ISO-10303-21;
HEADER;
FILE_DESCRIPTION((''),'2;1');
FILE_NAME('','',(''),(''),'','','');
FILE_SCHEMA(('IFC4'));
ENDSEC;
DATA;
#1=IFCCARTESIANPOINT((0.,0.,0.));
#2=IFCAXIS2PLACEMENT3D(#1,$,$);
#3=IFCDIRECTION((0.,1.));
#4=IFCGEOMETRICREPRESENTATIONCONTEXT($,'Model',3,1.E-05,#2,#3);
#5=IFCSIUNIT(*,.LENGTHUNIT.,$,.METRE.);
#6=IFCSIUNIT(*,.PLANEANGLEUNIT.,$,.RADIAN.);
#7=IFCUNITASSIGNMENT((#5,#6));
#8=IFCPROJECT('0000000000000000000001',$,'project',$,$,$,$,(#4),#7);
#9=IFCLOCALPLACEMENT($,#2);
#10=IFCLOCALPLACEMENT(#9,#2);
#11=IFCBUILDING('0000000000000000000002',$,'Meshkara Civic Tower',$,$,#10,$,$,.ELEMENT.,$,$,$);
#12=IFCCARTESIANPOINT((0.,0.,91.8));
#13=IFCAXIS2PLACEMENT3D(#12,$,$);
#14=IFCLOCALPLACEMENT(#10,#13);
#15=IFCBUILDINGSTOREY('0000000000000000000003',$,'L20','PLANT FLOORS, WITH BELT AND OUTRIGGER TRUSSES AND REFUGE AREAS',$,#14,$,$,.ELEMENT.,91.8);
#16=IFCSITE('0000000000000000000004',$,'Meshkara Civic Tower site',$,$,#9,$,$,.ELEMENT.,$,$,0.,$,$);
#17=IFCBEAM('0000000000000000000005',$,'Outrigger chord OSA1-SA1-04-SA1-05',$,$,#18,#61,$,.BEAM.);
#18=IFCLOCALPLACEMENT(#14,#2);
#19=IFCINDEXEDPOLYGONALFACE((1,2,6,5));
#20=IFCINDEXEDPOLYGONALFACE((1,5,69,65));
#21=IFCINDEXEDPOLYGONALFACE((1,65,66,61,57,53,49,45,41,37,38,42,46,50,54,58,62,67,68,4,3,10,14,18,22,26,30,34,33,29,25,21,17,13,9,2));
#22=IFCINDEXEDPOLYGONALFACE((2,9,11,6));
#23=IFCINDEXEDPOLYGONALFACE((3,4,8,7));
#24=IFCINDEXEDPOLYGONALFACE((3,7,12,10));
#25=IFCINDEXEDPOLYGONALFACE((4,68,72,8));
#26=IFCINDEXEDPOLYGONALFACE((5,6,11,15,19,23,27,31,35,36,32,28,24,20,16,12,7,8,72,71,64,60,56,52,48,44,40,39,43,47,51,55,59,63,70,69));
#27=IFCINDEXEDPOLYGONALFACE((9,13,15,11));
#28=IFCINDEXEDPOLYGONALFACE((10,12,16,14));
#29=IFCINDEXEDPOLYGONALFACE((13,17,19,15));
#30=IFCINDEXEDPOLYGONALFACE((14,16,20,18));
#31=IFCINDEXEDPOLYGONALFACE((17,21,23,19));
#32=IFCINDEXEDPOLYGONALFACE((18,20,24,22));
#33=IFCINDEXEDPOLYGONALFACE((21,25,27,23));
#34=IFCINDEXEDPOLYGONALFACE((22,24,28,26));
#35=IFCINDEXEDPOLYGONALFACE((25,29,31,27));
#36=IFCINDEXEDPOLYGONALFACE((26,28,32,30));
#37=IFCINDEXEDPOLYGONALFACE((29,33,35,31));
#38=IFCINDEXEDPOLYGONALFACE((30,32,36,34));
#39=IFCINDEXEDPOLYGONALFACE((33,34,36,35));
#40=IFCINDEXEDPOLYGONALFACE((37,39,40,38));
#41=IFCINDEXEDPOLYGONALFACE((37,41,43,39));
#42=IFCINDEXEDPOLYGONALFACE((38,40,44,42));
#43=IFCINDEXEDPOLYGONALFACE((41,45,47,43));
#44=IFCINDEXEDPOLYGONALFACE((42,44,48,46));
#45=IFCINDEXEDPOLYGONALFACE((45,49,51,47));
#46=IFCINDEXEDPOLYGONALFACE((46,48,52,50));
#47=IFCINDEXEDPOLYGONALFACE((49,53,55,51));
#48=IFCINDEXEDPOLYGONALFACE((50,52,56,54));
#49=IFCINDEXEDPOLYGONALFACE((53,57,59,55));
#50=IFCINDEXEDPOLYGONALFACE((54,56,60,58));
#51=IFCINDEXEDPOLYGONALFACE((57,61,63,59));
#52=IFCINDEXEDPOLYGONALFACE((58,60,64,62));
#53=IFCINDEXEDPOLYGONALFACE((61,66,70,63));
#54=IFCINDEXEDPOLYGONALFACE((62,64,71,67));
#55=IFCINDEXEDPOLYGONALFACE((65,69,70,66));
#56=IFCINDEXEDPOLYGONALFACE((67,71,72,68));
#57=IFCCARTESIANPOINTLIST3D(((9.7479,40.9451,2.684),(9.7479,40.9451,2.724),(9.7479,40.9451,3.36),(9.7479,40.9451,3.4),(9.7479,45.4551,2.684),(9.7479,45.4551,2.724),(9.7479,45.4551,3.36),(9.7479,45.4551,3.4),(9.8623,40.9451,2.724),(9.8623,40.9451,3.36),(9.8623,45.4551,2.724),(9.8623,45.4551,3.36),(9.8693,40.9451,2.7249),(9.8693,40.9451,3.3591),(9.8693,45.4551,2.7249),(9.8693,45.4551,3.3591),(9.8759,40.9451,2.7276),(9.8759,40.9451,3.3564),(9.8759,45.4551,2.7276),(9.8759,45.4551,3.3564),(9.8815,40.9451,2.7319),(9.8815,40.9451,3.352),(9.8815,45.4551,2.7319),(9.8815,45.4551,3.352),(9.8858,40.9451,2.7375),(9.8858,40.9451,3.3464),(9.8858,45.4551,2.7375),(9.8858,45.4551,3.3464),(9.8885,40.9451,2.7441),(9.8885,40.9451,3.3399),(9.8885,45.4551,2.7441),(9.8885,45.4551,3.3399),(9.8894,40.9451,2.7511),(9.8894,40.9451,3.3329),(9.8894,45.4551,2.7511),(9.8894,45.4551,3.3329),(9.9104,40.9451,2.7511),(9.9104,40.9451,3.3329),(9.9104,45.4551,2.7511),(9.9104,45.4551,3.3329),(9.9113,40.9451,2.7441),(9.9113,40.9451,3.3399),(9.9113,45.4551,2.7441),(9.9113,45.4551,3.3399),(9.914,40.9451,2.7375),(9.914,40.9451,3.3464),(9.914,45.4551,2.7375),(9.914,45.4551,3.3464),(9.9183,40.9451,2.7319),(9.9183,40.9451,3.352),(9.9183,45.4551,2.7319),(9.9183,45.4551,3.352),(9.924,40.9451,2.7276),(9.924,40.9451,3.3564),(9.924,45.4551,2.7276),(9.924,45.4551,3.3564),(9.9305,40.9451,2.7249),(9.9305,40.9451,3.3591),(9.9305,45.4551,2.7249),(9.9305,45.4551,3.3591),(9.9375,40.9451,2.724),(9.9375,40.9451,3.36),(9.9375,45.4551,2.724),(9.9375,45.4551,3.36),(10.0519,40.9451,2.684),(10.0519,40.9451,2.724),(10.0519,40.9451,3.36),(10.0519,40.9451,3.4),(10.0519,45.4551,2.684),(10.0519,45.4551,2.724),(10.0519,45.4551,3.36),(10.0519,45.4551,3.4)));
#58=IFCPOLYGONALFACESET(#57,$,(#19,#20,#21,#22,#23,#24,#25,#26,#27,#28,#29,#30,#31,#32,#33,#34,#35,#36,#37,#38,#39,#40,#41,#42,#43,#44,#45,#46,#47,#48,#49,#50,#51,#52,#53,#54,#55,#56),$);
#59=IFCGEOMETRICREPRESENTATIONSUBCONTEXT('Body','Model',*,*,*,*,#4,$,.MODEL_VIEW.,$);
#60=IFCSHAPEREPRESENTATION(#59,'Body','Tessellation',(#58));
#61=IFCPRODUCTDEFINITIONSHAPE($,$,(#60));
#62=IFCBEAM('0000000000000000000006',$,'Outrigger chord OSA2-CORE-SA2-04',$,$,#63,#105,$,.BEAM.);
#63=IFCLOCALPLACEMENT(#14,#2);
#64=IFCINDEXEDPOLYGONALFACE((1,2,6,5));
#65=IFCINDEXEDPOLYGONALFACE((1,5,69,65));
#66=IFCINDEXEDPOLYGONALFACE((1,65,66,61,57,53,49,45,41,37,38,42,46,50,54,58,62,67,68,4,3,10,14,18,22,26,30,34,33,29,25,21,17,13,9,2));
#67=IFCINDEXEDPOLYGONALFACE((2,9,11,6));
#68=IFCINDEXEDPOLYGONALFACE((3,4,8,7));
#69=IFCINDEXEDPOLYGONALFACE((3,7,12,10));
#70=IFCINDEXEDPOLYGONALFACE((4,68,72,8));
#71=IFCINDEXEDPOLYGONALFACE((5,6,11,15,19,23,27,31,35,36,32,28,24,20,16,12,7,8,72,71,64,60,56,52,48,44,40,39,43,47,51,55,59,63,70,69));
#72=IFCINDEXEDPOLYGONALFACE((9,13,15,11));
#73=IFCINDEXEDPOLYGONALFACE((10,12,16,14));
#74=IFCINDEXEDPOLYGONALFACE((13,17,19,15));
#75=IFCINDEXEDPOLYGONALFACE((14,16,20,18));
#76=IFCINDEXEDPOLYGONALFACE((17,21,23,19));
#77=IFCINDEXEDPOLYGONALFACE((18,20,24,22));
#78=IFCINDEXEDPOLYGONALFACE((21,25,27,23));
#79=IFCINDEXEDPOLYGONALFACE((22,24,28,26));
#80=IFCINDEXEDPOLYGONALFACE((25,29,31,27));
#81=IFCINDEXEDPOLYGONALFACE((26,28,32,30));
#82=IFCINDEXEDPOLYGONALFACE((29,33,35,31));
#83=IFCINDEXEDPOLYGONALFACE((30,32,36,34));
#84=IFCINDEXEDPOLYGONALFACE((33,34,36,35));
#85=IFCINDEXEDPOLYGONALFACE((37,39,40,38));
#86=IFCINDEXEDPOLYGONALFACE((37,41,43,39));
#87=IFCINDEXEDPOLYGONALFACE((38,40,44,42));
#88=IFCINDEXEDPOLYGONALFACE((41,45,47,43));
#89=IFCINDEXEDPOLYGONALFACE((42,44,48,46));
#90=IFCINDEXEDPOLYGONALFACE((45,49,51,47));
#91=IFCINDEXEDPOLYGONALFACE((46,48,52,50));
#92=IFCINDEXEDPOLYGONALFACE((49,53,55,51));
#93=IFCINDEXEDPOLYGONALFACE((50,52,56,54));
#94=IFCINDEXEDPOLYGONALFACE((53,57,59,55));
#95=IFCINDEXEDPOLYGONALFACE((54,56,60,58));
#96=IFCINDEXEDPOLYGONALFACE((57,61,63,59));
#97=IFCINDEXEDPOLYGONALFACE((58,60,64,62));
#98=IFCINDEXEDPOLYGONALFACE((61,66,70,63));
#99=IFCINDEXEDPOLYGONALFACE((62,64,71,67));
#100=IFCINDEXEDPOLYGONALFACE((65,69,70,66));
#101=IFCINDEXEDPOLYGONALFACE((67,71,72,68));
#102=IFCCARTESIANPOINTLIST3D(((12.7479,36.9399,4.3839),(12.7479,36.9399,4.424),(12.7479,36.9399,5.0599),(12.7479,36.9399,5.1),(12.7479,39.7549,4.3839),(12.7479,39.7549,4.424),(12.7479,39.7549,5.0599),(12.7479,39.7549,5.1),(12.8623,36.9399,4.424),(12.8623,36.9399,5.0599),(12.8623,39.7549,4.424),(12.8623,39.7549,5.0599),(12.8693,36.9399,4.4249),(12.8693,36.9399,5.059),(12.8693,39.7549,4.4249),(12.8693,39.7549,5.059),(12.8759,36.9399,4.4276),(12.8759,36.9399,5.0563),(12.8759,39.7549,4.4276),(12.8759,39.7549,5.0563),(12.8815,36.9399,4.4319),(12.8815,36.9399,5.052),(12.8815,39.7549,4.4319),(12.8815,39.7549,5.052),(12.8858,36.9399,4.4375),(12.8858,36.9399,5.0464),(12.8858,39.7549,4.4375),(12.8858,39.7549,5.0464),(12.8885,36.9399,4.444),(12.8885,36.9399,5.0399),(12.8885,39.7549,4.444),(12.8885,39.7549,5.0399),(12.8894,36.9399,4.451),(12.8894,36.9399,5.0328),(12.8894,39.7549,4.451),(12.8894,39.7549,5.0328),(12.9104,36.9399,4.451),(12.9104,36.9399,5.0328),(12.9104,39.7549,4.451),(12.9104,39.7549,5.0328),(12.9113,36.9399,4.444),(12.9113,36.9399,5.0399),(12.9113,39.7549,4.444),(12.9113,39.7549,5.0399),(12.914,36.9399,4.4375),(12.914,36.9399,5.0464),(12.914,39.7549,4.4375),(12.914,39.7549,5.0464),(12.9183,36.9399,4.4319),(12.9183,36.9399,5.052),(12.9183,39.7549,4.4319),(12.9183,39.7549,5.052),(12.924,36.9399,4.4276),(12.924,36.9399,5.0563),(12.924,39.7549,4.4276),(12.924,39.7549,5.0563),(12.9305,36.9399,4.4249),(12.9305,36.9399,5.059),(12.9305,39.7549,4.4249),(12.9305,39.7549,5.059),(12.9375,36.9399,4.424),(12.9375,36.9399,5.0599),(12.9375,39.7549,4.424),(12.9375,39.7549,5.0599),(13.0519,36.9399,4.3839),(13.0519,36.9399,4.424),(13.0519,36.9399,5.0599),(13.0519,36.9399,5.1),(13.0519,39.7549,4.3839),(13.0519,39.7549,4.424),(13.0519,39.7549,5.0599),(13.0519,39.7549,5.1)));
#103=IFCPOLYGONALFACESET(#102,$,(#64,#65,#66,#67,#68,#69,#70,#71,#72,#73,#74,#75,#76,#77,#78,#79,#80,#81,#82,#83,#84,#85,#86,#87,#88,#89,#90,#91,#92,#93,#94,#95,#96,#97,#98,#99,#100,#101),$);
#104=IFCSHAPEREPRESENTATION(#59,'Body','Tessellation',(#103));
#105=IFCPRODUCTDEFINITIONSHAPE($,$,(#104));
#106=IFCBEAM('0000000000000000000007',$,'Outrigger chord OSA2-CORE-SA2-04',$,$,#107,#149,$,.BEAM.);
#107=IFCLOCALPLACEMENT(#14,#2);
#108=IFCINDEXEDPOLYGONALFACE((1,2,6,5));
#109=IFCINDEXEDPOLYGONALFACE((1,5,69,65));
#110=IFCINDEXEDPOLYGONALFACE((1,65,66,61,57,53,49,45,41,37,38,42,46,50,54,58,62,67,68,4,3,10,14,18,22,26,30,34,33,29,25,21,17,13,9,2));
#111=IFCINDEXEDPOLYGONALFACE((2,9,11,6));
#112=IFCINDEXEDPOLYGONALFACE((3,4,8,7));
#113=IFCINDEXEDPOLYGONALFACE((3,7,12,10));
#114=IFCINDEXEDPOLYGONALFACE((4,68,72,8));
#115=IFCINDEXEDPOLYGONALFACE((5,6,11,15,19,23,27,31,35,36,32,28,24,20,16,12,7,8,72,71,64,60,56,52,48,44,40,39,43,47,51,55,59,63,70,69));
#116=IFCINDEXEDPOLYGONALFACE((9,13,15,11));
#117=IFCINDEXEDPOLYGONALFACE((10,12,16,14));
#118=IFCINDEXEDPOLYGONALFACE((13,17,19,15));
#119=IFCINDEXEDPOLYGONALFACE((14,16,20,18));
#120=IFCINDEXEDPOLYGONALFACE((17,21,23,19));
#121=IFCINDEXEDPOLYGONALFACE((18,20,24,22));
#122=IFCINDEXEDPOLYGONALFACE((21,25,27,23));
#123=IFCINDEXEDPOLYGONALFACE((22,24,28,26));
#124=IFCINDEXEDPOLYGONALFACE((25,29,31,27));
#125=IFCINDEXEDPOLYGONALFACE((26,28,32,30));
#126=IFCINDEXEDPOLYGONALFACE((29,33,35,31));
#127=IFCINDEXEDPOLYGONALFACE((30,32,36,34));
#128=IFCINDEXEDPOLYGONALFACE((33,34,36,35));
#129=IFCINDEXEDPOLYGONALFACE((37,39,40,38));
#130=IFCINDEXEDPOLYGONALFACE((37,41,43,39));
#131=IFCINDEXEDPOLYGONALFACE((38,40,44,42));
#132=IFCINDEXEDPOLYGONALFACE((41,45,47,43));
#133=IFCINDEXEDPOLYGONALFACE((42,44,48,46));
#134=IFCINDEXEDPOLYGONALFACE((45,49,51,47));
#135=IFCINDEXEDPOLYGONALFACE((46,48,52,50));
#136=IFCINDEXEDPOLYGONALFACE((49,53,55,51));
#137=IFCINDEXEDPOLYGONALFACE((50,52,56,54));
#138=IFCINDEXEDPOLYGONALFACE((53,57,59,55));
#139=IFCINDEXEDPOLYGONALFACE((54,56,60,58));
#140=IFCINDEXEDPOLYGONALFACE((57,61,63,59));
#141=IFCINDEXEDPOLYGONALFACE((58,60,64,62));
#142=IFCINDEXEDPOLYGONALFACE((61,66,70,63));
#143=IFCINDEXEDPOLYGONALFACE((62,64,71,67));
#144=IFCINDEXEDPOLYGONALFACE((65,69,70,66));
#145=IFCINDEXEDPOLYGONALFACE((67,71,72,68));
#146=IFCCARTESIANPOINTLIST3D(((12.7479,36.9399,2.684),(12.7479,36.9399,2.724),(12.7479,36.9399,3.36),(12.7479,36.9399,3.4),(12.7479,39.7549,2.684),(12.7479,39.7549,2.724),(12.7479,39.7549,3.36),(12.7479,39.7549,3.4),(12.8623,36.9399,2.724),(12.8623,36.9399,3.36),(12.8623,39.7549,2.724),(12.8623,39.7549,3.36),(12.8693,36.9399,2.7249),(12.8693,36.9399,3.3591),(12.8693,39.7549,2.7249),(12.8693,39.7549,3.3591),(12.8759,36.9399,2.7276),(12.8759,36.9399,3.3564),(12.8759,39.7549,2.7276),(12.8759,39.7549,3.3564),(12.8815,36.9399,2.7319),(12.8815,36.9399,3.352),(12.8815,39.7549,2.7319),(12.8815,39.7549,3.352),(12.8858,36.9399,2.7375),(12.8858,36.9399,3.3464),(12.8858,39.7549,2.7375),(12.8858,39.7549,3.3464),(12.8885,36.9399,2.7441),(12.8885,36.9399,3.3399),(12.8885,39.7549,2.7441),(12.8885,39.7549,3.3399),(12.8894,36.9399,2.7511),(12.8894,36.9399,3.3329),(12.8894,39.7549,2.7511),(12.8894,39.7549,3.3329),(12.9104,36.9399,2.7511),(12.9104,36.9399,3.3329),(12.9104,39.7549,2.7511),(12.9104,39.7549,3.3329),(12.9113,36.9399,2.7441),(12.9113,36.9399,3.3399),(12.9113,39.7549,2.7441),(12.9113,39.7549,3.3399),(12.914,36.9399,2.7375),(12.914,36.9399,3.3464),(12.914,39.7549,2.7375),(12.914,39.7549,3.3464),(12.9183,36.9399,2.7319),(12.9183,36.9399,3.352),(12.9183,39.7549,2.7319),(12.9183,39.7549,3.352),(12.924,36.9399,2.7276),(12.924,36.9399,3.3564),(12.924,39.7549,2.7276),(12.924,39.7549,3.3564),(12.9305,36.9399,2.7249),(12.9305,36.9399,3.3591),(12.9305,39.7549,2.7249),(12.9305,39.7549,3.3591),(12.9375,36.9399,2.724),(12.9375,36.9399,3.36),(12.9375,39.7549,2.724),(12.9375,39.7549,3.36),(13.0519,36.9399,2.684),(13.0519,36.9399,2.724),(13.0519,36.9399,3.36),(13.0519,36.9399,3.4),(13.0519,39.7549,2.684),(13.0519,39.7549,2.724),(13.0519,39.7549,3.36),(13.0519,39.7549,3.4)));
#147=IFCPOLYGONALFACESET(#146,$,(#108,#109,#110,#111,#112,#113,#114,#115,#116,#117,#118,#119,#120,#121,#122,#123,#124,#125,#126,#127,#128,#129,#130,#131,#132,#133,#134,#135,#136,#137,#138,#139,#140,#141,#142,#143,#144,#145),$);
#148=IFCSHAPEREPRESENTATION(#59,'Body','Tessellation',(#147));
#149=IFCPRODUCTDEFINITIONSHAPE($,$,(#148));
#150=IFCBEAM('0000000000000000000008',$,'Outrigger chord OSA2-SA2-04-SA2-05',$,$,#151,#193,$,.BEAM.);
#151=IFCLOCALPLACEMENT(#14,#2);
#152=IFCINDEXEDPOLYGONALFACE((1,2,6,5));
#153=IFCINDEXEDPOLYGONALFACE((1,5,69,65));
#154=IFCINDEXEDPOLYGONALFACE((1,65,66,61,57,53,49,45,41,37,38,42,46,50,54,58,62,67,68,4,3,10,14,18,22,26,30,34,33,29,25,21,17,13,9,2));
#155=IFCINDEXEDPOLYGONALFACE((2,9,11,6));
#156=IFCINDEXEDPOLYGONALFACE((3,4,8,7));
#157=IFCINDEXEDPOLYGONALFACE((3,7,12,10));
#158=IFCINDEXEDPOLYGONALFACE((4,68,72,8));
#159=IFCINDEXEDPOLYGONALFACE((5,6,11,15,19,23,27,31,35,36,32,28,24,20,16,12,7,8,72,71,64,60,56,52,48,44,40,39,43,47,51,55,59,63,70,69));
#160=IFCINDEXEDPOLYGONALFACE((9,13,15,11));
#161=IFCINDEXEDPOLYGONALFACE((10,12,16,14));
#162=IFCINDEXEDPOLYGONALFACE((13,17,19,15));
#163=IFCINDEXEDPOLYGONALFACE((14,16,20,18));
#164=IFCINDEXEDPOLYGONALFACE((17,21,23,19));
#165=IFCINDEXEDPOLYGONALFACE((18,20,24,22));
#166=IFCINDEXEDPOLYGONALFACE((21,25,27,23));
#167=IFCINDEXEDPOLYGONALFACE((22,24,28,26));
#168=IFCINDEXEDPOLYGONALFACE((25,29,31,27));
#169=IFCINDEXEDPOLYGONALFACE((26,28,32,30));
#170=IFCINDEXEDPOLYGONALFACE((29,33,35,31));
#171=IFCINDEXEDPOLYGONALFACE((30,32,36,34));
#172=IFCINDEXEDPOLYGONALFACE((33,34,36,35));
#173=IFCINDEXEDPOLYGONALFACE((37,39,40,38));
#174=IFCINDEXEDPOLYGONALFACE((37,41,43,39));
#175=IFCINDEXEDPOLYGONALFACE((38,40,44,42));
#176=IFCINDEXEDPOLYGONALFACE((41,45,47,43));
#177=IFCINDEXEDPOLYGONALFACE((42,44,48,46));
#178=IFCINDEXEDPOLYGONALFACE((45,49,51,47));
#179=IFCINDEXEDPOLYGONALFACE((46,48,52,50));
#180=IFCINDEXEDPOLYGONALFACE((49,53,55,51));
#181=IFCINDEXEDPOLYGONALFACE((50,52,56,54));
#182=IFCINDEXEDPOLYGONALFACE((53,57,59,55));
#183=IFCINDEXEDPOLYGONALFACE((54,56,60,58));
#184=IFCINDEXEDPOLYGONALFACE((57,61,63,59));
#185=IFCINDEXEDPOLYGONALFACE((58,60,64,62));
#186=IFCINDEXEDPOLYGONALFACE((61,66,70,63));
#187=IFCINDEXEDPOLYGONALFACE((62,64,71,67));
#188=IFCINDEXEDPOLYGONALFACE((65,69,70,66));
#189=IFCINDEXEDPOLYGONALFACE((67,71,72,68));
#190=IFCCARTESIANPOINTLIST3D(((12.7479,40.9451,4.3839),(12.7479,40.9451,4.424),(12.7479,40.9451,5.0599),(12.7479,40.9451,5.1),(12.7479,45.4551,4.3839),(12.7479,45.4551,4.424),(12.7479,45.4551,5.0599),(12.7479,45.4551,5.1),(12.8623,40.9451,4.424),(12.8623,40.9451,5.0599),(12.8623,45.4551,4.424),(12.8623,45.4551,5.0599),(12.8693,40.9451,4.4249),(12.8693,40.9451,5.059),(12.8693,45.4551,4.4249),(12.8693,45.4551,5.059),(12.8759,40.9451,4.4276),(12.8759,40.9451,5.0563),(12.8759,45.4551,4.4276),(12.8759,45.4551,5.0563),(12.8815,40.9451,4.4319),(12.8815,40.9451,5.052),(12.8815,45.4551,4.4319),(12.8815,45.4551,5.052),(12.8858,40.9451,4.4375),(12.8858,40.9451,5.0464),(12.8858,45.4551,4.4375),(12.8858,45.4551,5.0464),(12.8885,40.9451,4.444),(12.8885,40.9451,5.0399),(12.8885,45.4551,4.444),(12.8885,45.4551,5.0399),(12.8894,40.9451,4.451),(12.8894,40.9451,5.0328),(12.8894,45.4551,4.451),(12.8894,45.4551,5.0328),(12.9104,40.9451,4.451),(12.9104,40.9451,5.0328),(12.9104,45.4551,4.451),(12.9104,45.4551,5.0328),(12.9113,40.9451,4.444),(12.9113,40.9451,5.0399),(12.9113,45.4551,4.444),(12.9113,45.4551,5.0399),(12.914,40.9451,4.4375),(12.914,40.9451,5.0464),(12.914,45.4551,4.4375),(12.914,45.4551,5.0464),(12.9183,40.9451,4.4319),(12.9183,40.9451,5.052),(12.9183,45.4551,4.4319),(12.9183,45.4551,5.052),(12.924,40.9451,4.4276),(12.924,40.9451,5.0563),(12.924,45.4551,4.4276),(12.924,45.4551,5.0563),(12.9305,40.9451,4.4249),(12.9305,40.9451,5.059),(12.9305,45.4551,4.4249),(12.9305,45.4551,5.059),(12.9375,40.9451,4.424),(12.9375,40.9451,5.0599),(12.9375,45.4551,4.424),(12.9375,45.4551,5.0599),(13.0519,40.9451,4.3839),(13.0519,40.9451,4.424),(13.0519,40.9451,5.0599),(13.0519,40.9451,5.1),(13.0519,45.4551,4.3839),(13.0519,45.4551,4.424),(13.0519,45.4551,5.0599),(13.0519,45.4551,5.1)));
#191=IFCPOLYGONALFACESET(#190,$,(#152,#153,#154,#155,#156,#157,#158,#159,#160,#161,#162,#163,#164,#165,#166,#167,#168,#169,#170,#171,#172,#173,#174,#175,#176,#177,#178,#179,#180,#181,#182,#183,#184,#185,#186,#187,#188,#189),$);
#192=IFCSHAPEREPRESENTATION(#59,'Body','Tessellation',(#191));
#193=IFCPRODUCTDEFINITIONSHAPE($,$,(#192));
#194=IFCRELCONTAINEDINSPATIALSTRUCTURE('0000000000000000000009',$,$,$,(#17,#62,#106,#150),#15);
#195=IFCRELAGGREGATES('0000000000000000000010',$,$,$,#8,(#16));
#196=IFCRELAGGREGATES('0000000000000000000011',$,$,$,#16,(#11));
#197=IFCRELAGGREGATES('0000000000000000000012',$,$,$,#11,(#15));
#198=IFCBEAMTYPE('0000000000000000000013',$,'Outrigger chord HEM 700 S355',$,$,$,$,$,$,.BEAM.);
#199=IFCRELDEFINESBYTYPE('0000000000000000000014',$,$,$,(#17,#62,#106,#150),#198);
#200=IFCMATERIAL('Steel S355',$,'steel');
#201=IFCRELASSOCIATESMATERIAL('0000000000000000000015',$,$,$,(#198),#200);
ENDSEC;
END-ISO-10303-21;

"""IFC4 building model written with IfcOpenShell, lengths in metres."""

from ifc_helpers import new_model, si_unit, direction, frame, origin, origin_2d, place, context, subcontext, project, spatial, i_section, extrude, material, material_profile, profile_set, type_object, element, save


model = new_model("IFC4")

# Units and contexts
model_context = context("Model", 3, precision=1e-05, world=origin(), true_north=direction((0.0, 1.0)))
body_context = subcontext(model_context, "Body", "Model", "MODEL_VIEW")
ifc_project = project(units=[si_unit("LENGTHUNIT", "METRE"), si_unit("PLANEANGLEUNIT", "RADIAN")], contexts=[model_context])

# Site, building, storey
site_placement = place(None, origin())
site = spatial("IfcSite", under=ifc_project, at=site_placement, Name="Meshkara Civic Tower site", CompositionType="ELEMENT", RefElevation=0.0)
building_placement = place(site_placement, origin())
building = spatial("IfcBuilding", under=site, at=building_placement, Name="Meshkara Civic Tower", CompositionType="ELEMENT")
storey_placement = place(building_placement, frame((0.0, 0.0, 91.8)))
storey = spatial("IfcBuildingStorey", under=building, at=storey_placement, Name="L20", Description="PLANT FLOORS, WITH BELT AND OUTRIGGER TRUSSES AND REFUGE AREAS", CompositionType="ELEMENT", Elevation=91.8)

# Beams
ifc_material_1 = material(Name="Steel S355", Category="steel")
ifc_material_profile_1 = material_profile(ifc_material_1, i_section(OverallWidth=0.304, OverallDepth=0.7161, WebThickness=0.021, FlangeThickness=0.04, FilletRadius=0.0271, at=origin_2d()))
ifc_profile_set_1 = profile_set([ifc_material_profile_1], Name="Steel S355")
beam_type_1 = type_object("IfcBeamType", Name="Outrigger chord HEM 700 S355", PredefinedType="BEAM", material=ifc_profile_set_1)
for number, where, z_axis, x_axis, name in (
    (1, (9.8999, 40.9451, 3.042), (0.0, 1.0, 0.0), (-1.0, 0.0, 0.0), "Outrigger chord OSA1-SA1-04-SA1-05"),
):
    element("IfcBeam", number, at=place(storey_placement, frame(where, z_axis=z_axis, x_axis=x_axis)), inside=storey, type_object=beam_type_1, Name=name, PredefinedType="BEAM", context=body_context, shape_type="SweptSolid", body=[
        extrude(i_section(OverallWidth=0.304, OverallDepth=0.7161, WebThickness=0.021, FlangeThickness=0.04, FilletRadius=0.0271, at=origin_2d()), origin(), (0.0, 0.0, 1.0), 4.51),
    ])
for number, where, z_axis, x_axis, name in (
    (2, (12.8999, 36.9399, 4.7419), (0.0, 1.0, 0.0), (-1.0, 0.0, 0.0), "Outrigger chord OSA2-CORE-SA2-04"),
    (3, (12.8999, 36.9399, 3.042), (0.0, 1.0, 0.0), (-1.0, 0.0, 0.0), "Outrigger chord OSA2-CORE-SA2-04"),
):
    element("IfcBeam", number, at=place(storey_placement, frame(where, z_axis=z_axis, x_axis=x_axis)), inside=storey, type_object=beam_type_1, Name=name, PredefinedType="BEAM", context=body_context, shape_type="SweptSolid", body=[
        extrude(i_section(OverallWidth=0.304, OverallDepth=0.7161, WebThickness=0.021, FlangeThickness=0.04, FilletRadius=0.0271, at=origin_2d()), origin(), (0.0, 0.0, 1.0), 2.8149),
    ])
for number, where, z_axis, x_axis, name in (
    (4, (12.8999, 40.9451, 4.7419), (0.0, 1.0, 0.0), (-1.0, 0.0, 0.0), "Outrigger chord OSA2-SA2-04-SA2-05"),
):
    element("IfcBeam", number, at=place(storey_placement, frame(where, z_axis=z_axis, x_axis=x_axis)), inside=storey, type_object=beam_type_1, Name=name, PredefinedType="BEAM", context=body_context, shape_type="SweptSolid", body=[
        extrude(i_section(OverallWidth=0.304, OverallDepth=0.7161, WebThickness=0.021, FlangeThickness=0.04, FilletRadius=0.0271, at=origin_2d()), origin(), (0.0, 0.0, 1.0), 4.51),
    ])

save(model, "model.ifc")
